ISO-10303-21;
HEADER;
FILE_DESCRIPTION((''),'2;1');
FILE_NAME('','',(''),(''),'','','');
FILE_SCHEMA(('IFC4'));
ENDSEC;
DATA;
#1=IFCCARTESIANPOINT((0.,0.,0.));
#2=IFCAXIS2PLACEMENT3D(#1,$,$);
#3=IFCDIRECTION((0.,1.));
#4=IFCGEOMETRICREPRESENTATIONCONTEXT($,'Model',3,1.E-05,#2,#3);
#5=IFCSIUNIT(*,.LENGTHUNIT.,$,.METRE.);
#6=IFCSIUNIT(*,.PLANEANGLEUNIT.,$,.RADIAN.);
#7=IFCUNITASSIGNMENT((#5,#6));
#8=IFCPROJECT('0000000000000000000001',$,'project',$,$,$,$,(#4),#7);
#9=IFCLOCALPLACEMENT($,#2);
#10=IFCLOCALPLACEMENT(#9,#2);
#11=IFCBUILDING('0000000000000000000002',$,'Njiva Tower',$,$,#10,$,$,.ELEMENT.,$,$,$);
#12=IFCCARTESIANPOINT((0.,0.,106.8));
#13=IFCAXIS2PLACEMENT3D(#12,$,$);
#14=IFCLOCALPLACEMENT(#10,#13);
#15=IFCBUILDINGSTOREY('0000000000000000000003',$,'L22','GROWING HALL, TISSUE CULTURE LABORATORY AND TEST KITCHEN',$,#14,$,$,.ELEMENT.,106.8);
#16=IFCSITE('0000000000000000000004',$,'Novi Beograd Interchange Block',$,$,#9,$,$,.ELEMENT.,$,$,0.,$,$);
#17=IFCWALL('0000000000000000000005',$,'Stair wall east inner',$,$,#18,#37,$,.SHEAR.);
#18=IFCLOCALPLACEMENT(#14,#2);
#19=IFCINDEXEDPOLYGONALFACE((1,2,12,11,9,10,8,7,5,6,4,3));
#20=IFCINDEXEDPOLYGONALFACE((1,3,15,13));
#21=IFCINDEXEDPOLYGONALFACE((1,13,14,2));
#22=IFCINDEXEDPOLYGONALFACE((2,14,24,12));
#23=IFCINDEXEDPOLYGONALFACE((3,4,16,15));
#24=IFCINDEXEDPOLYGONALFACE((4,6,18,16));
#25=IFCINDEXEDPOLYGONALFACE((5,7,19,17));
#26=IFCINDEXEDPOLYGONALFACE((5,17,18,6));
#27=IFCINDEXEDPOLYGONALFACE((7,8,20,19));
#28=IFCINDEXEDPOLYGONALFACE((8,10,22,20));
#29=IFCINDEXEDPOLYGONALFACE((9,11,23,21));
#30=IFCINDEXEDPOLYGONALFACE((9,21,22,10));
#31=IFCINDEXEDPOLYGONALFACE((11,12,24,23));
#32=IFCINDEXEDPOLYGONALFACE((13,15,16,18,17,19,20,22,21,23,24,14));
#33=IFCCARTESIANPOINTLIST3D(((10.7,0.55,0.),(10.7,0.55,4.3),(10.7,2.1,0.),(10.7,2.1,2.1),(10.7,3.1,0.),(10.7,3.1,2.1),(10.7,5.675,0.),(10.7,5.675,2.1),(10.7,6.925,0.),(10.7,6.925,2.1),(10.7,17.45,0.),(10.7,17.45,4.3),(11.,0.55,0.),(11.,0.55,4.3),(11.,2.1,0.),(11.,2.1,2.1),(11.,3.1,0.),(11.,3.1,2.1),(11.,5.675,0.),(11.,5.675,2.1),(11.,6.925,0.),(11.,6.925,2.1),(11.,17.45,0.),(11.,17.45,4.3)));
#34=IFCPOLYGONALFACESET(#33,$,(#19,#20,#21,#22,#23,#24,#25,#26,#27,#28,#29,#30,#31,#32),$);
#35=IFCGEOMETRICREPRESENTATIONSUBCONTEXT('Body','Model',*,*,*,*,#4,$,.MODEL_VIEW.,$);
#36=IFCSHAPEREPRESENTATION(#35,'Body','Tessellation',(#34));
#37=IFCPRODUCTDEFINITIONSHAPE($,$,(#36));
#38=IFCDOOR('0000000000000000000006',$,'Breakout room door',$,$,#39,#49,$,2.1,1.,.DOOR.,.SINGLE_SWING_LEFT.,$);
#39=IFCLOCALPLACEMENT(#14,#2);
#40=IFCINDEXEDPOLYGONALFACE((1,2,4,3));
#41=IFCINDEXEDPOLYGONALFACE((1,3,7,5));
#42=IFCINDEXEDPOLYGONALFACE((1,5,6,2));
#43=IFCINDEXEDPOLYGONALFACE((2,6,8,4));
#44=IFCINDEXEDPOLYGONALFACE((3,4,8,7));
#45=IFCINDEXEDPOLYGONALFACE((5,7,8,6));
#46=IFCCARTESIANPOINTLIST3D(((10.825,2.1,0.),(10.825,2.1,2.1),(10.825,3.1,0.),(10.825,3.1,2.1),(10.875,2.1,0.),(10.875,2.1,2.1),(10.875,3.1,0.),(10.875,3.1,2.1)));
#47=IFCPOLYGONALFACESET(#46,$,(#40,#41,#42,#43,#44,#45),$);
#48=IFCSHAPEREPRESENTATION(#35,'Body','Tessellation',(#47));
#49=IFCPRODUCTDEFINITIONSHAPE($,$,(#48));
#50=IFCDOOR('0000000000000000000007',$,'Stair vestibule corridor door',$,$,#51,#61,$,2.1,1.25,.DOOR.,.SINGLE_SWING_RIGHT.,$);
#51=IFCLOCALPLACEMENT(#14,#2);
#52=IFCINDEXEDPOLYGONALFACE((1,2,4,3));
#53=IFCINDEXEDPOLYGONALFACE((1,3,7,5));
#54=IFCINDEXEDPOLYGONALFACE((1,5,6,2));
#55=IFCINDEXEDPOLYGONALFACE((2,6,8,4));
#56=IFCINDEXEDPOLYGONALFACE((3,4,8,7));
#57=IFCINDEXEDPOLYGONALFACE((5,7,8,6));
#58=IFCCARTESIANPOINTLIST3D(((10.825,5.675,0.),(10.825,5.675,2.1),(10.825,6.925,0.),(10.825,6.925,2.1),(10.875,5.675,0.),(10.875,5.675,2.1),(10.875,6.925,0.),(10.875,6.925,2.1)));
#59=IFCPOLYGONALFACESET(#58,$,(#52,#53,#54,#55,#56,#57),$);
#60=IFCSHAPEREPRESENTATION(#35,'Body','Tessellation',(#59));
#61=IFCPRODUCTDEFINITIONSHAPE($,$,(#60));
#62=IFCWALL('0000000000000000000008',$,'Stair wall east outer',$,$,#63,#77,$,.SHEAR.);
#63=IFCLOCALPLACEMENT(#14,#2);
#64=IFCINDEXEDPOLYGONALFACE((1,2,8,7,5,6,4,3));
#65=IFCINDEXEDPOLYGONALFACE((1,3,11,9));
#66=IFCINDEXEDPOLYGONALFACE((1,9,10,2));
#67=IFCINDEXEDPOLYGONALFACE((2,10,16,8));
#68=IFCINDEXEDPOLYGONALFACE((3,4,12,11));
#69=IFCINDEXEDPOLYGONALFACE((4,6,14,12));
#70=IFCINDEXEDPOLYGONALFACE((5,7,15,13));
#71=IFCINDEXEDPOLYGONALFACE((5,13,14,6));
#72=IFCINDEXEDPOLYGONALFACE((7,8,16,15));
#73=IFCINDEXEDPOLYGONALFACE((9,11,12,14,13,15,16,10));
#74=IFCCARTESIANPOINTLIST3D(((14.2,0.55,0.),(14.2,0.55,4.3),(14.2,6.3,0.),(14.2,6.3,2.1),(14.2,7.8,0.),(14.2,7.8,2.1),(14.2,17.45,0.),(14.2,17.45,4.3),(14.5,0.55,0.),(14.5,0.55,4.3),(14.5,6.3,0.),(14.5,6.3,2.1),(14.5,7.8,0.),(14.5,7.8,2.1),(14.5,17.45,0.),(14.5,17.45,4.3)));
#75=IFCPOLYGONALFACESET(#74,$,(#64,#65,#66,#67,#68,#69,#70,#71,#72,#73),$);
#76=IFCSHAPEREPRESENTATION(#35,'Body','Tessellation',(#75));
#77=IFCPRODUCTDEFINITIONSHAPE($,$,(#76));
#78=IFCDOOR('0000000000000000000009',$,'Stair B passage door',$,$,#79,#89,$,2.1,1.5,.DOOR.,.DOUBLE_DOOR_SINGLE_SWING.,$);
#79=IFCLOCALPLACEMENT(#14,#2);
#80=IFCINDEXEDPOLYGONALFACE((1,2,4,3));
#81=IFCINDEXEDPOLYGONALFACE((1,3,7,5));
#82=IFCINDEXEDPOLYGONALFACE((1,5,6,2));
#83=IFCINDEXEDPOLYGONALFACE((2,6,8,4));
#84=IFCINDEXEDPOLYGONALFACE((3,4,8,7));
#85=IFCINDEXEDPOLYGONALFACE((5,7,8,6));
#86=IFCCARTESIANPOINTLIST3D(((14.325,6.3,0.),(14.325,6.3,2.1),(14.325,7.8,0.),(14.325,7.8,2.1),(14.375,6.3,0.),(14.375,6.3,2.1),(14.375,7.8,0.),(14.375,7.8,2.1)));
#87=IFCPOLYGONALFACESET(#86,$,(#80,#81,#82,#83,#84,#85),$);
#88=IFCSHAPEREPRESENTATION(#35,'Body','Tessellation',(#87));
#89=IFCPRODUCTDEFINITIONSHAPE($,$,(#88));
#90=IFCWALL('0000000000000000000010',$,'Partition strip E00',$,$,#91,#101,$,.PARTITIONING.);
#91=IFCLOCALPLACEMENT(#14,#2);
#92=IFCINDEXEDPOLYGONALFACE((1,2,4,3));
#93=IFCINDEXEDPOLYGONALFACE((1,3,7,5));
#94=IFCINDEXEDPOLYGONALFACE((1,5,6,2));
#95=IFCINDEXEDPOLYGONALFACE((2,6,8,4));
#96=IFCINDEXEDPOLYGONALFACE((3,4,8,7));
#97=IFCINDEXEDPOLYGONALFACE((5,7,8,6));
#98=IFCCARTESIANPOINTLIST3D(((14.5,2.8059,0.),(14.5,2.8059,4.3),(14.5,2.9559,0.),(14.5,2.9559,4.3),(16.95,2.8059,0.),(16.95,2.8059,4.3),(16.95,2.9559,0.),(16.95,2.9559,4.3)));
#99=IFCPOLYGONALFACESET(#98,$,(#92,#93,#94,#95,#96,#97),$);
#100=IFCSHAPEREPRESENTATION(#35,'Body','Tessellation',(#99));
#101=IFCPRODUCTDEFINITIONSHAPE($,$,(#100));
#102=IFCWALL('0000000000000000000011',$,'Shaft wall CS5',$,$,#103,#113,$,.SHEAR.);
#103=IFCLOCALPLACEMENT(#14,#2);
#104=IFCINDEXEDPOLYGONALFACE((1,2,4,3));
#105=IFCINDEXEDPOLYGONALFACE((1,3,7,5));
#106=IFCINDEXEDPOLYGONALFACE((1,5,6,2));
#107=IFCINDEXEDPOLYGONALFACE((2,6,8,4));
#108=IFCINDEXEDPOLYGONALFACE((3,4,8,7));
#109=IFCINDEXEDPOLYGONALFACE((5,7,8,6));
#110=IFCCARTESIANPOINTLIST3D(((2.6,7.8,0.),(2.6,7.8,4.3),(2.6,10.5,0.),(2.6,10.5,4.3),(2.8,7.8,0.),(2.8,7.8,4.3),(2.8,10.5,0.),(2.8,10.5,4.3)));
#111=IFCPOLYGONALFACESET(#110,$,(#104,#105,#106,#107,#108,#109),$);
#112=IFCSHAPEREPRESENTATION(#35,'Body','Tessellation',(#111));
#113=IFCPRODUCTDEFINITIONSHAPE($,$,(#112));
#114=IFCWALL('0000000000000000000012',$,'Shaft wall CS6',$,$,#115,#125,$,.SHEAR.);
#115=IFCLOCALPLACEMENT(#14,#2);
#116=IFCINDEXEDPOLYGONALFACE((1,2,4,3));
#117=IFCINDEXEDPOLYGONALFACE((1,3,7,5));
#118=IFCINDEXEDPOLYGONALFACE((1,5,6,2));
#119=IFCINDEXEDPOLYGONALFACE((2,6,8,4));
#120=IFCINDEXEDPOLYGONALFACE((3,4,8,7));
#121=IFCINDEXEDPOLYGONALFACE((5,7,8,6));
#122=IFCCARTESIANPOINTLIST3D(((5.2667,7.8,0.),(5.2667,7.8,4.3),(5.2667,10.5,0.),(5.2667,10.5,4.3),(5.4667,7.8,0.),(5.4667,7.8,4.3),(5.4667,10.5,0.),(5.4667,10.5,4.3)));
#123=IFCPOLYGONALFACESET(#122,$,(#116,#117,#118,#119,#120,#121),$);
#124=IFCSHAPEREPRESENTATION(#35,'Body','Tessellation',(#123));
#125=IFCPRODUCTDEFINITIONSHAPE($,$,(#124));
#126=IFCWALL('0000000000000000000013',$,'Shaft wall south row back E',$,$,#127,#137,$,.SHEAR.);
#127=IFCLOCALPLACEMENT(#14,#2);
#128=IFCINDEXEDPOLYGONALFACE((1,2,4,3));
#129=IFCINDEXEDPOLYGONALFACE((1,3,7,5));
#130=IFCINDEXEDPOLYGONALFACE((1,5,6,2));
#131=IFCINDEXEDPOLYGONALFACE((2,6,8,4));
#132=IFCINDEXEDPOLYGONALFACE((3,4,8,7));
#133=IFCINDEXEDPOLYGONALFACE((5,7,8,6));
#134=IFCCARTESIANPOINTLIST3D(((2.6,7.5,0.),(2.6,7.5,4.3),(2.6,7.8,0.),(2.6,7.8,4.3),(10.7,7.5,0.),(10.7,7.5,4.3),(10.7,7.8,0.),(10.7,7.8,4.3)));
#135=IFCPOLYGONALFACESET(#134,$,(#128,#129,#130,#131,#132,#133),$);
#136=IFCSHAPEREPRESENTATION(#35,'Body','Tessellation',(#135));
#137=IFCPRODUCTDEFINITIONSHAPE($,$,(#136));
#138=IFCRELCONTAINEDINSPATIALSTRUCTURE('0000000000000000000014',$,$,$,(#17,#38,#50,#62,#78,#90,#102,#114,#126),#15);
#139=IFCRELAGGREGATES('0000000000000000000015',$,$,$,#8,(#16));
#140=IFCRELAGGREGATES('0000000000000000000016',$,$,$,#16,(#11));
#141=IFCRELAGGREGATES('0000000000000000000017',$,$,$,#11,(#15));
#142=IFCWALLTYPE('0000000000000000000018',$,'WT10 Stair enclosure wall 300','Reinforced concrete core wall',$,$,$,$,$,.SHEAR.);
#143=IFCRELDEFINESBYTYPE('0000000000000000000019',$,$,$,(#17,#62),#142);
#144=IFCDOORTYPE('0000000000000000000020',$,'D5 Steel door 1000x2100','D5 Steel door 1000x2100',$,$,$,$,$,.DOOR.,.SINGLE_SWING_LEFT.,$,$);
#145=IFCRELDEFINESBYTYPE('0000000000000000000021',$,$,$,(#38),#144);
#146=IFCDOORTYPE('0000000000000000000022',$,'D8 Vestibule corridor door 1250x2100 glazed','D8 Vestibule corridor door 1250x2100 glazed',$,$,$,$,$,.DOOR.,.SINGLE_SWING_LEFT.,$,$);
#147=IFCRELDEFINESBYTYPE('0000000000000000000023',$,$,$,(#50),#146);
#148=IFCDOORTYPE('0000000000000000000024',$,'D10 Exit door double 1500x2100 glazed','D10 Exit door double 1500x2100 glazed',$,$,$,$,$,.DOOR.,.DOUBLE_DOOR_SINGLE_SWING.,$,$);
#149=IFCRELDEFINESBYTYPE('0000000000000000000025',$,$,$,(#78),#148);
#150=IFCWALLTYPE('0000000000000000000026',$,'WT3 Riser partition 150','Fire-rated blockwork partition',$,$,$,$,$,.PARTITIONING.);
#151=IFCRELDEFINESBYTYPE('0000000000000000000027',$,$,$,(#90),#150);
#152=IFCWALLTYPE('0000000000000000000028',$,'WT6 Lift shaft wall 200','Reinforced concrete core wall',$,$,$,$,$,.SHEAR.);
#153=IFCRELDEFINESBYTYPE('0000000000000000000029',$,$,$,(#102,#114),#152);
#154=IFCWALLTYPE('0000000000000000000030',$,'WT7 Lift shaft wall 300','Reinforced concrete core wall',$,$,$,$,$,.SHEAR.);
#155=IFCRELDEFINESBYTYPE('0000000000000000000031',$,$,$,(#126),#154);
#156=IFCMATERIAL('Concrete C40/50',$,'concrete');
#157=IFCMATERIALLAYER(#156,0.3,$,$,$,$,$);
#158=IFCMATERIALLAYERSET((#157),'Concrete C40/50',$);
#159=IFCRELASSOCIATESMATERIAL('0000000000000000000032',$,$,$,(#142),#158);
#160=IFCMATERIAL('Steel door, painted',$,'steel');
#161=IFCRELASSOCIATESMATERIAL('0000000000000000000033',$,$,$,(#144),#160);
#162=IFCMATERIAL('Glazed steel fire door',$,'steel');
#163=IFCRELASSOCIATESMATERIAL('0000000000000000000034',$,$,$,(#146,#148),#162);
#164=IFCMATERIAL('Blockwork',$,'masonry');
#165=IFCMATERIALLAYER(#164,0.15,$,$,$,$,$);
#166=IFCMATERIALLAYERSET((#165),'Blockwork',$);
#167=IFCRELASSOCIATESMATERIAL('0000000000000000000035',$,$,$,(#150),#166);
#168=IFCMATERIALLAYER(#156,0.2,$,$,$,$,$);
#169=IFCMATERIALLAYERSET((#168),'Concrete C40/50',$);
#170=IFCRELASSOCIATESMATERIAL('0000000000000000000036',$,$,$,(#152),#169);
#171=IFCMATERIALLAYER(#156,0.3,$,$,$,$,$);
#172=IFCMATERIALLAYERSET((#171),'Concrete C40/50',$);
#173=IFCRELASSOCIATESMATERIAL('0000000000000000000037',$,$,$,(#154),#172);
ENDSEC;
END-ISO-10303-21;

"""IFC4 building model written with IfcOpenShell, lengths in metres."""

from ifc_helpers import new_model, si_unit, direction, frame, frame_2d, origin, place, context, subcontext, project, spatial, rectangle, extrude, material, layer, layer_set, type_object, element, fill, save


model = new_model("IFC4")

# Units and contexts
model_context = context("Model", 3, precision=1e-05, world=origin(), true_north=direction((0.0, 1.0)))
body_context = subcontext(model_context, "Body", "Model", "MODEL_VIEW")
ifc_project = project(units=[si_unit("LENGTHUNIT", "METRE"), si_unit("PLANEANGLEUNIT", "RADIAN")], contexts=[model_context])

# Site, building, storey
site_placement = place(None, origin())
site = spatial("IfcSite", under=ifc_project, at=site_placement, Name="Novi Beograd Interchange Block", CompositionType="ELEMENT", RefElevation=0.0)
building_placement = place(site_placement, origin())
building = spatial("IfcBuilding", under=site, at=building_placement, Name="Njiva Tower", CompositionType="ELEMENT")
storey_placement = place(building_placement, frame((0.0, 0.0, 106.8)))
storey = spatial("IfcBuildingStorey", under=building, at=storey_placement, Name="L22", Description="GROWING HALL, TISSUE CULTURE LABORATORY AND TEST KITCHEN", CompositionType="ELEMENT", Elevation=106.8)

# Shared definitions
ifc_material_1 = material(Name="Concrete C40/50", Category="concrete")

# Shared definitions
ifc_material_2 = material(Name="Blockwork", Category="masonry")

# Wall, openings, doors
ifc_layer_1 = layer(ifc_material_1, 0.3)
ifc_layer_set_1 = layer_set([ifc_layer_1], Name="Concrete C40/50")
wall_type_1 = type_object("IfcWallType", Name="WT10 Stair enclosure wall 300", Description="Reinforced concrete core wall", PredefinedType="SHEAR", material=ifc_layer_set_1)
wall_1_placement = place(storey_placement, frame((10.85, 0.55, 0.0), z_axis=(0.0, 0.0, 1.0), x_axis=(0.0, 1.0, 0.0)))
wall_1 = element("IfcWall", 1, at=wall_1_placement, inside=storey, type_object=wall_type_1, Name="Stair wall east inner", PredefinedType="SHEAR", context=body_context, shape_type="SweptSolid", body=[
    extrude(rectangle(XDim=16.9, YDim=0.3, at=frame_2d((8.45, 0.0))), origin(), (0.0, 0.0, 1.0), 4.3),
])
opening_1_placement = place(wall_1_placement, frame((5.125, 0.0, 0.0)))
opening_1 = element("IfcOpeningElement", 2, at=opening_1_placement, cuts=wall_1, PredefinedType="OPENING", context=body_context, shape_type="SweptSolid", body=[
    extrude(rectangle(XDim=1.25, YDim=2.1, at=frame_2d((0.625, 1.05))), frame((0.0, 0.16, 0.0), z_axis=(0.0, -1.0, 0.0), x_axis=(1.0, 0.0, 0.0)), (0.0, 0.0, 1.0), 0.32),
])
opening_2_placement = place(wall_1_placement, frame((1.55, 0.0, 0.0)))
opening_2 = element("IfcOpeningElement", 3, at=opening_2_placement, cuts=wall_1, PredefinedType="OPENING", context=body_context, shape_type="SweptSolid", body=[
    extrude(rectangle(XDim=1.0, YDim=2.1, at=frame_2d((0.5, 1.05))), frame((0.0, 0.16, 0.0), z_axis=(0.0, -1.0, 0.0), x_axis=(1.0, 0.0, 0.0)), (0.0, 0.0, 1.0), 0.32),
])
ifc_material_3 = material(Name="Steel door, painted", Category="steel")
door_type_1 = type_object("IfcDoorType", Name="D5 Steel door 1000x2100", Description="D5 Steel door 1000x2100", OperationType="SINGLE_SWING_LEFT", PredefinedType="DOOR", material=ifc_material_3)
door_1_placement = place(opening_2_placement, origin())
door_1 = element("IfcDoor", 4, at=door_1_placement, inside=storey, type_object=door_type_1, Name="Breakout room door", OperationType="SINGLE_SWING_LEFT", OverallHeight=2.1, OverallWidth=1.0, PredefinedType="DOOR", context=body_context, shape_type="SweptSolid", body=[
    extrude(rectangle(XDim=1.0, YDim=2.1, at=frame_2d((0.5, 1.05))), frame((0.0, 0.025, 0.0), z_axis=(0.0, -1.0, 0.0), x_axis=(1.0, 0.0, 0.0)), (0.0, 0.0, 1.0), 0.05),
])
fill(opening_2, door_1)
ifc_material_4 = material(Name="Glazed steel fire door", Category="steel")
door_type_2 = type_object("IfcDoorType", Name="D8 Vestibule corridor door 1250x2100 glazed", Description="D8 Vestibule corridor door 1250x2100 glazed", OperationType="SINGLE_SWING_LEFT", PredefinedType="DOOR", material=ifc_material_4)
door_2_placement = place(opening_1_placement, origin())
door_2 = element("IfcDoor", 5, at=door_2_placement, inside=storey, type_object=door_type_2, Name="Stair vestibule corridor door", OperationType="SINGLE_SWING_RIGHT", OverallHeight=2.1, OverallWidth=1.25, PredefinedType="DOOR", context=body_context, shape_type="SweptSolid", body=[
    extrude(rectangle(XDim=1.25, YDim=2.1, at=frame_2d((0.625, 1.05))), frame((0.0, 0.025, 0.0), z_axis=(0.0, -1.0, 0.0), x_axis=(1.0, 0.0, 0.0)), (0.0, 0.0, 1.0), 0.05),
])
fill(opening_1, door_2)

# Wall, opening, door
wall_2_placement = place(storey_placement, frame((14.35, 0.55, 0.0), z_axis=(0.0, 0.0, 1.0), x_axis=(0.0, 1.0, 0.0)))
wall_2 = element("IfcWall", 6, at=wall_2_placement, inside=storey, type_object=wall_type_1, Name="Stair wall east outer", PredefinedType="SHEAR", context=body_context, shape_type="SweptSolid", body=[
    extrude(rectangle(XDim=16.9, YDim=0.3, at=frame_2d((8.45, 0.0))), origin(), (0.0, 0.0, 1.0), 4.3),
])
opening_3_placement = place(wall_2_placement, frame((5.75, 0.0, 0.0)))
opening_3 = element("IfcOpeningElement", 7, at=opening_3_placement, cuts=wall_2, PredefinedType="OPENING", context=body_context, shape_type="SweptSolid", body=[
    extrude(rectangle(XDim=1.5, YDim=2.1, at=frame_2d((0.75, 1.05))), frame((0.0, 0.16, 0.0), z_axis=(0.0, -1.0, 0.0), x_axis=(1.0, 0.0, 0.0)), (0.0, 0.0, 1.0), 0.32),
])
door_type_3 = type_object("IfcDoorType", Name="D10 Exit door double 1500x2100 glazed", Description="D10 Exit door double 1500x2100 glazed", OperationType="DOUBLE_DOOR_SINGLE_SWING", PredefinedType="DOOR", material=ifc_material_4)
door_3_placement = place(opening_3_placement, origin())
door_3 = element("IfcDoor", 8, at=door_3_placement, inside=storey, type_object=door_type_3, Name="Stair B passage door", OperationType="DOUBLE_DOOR_SINGLE_SWING", OverallHeight=2.1, OverallWidth=1.5, PredefinedType="DOOR", context=body_context, shape_type="SweptSolid", body=[
    extrude(rectangle(XDim=1.5, YDim=2.1, at=frame_2d((0.75, 1.05))), frame((0.0, 0.025, 0.0), z_axis=(0.0, -1.0, 0.0), x_axis=(1.0, 0.0, 0.0)), (0.0, 0.0, 1.0), 0.05),
])
fill(opening_3, door_3)

# Walls
ifc_layer_2 = layer(ifc_material_2, 0.15)
ifc_layer_set_2 = layer_set([ifc_layer_2], Name="Blockwork")
wall_type_2 = type_object("IfcWallType", Name="WT3 Riser partition 150", Description="Fire-rated blockwork partition", PredefinedType="PARTITIONING", material=ifc_layer_set_2)
wall_3_placement = place(storey_placement, frame((14.5, 2.8809, 0.0), z_axis=(0.0, 0.0, 1.0), x_axis=(1.0, 0.0, 0.0)))
element("IfcWall", 9, at=wall_3_placement, inside=storey, type_object=wall_type_2, Name="Partition strip E00", PredefinedType="PARTITIONING", context=body_context, shape_type="SweptSolid", body=[
    extrude(rectangle(XDim=2.45, YDim=0.15, at=frame_2d((1.225, 0.0))), origin(), (0.0, 0.0, 1.0), 4.3),
])
ifc_layer_3 = layer(ifc_material_1, 0.2)
ifc_layer_set_3 = layer_set([ifc_layer_3], Name="Concrete C40/50")
wall_type_3 = type_object("IfcWallType", Name="WT6 Lift shaft wall 200", Description="Reinforced concrete core wall", PredefinedType="SHEAR", material=ifc_layer_set_3)
for number, where, z_axis, x_axis, name in (
    (10, (2.7, 7.8, 0.0), (0.0, 0.0, 1.0), (0.0, 1.0, 0.0), "Shaft wall CS5"),
    (11, (5.3667, 7.8, 0.0), (0.0, 0.0, 1.0), (0.0, 1.0, 0.0), "Shaft wall CS6"),
):
    element("IfcWall", number, at=place(storey_placement, frame(where, z_axis=z_axis, x_axis=x_axis)), inside=storey, type_object=wall_type_3, Name=name, PredefinedType="SHEAR", context=body_context, shape_type="SweptSolid", body=[
        extrude(rectangle(XDim=2.7, YDim=0.2, at=frame_2d((1.35, 0.0))), origin(), (0.0, 0.0, 1.0), 4.3),
    ])
ifc_layer_4 = layer(ifc_material_1, 0.3)
ifc_layer_set_4 = layer_set([ifc_layer_4], Name="Concrete C40/50")
wall_type_4 = type_object("IfcWallType", Name="WT7 Lift shaft wall 300", Description="Reinforced concrete core wall", PredefinedType="SHEAR", material=ifc_layer_set_4)
wall_4_placement = place(storey_placement, frame((2.6, 7.65, 0.0), z_axis=(0.0, 0.0, 1.0), x_axis=(1.0, 0.0, 0.0)))
element("IfcWall", 12, at=wall_4_placement, inside=storey, type_object=wall_type_4, Name="Shaft wall south row back E", PredefinedType="SHEAR", context=body_context, shape_type="SweptSolid", body=[
    extrude(rectangle(XDim=8.1, YDim=0.3, at=frame_2d((4.05, 0.0))), origin(), (0.0, 0.0, 1.0), 4.3),
])

save(model, "model.ifc")
